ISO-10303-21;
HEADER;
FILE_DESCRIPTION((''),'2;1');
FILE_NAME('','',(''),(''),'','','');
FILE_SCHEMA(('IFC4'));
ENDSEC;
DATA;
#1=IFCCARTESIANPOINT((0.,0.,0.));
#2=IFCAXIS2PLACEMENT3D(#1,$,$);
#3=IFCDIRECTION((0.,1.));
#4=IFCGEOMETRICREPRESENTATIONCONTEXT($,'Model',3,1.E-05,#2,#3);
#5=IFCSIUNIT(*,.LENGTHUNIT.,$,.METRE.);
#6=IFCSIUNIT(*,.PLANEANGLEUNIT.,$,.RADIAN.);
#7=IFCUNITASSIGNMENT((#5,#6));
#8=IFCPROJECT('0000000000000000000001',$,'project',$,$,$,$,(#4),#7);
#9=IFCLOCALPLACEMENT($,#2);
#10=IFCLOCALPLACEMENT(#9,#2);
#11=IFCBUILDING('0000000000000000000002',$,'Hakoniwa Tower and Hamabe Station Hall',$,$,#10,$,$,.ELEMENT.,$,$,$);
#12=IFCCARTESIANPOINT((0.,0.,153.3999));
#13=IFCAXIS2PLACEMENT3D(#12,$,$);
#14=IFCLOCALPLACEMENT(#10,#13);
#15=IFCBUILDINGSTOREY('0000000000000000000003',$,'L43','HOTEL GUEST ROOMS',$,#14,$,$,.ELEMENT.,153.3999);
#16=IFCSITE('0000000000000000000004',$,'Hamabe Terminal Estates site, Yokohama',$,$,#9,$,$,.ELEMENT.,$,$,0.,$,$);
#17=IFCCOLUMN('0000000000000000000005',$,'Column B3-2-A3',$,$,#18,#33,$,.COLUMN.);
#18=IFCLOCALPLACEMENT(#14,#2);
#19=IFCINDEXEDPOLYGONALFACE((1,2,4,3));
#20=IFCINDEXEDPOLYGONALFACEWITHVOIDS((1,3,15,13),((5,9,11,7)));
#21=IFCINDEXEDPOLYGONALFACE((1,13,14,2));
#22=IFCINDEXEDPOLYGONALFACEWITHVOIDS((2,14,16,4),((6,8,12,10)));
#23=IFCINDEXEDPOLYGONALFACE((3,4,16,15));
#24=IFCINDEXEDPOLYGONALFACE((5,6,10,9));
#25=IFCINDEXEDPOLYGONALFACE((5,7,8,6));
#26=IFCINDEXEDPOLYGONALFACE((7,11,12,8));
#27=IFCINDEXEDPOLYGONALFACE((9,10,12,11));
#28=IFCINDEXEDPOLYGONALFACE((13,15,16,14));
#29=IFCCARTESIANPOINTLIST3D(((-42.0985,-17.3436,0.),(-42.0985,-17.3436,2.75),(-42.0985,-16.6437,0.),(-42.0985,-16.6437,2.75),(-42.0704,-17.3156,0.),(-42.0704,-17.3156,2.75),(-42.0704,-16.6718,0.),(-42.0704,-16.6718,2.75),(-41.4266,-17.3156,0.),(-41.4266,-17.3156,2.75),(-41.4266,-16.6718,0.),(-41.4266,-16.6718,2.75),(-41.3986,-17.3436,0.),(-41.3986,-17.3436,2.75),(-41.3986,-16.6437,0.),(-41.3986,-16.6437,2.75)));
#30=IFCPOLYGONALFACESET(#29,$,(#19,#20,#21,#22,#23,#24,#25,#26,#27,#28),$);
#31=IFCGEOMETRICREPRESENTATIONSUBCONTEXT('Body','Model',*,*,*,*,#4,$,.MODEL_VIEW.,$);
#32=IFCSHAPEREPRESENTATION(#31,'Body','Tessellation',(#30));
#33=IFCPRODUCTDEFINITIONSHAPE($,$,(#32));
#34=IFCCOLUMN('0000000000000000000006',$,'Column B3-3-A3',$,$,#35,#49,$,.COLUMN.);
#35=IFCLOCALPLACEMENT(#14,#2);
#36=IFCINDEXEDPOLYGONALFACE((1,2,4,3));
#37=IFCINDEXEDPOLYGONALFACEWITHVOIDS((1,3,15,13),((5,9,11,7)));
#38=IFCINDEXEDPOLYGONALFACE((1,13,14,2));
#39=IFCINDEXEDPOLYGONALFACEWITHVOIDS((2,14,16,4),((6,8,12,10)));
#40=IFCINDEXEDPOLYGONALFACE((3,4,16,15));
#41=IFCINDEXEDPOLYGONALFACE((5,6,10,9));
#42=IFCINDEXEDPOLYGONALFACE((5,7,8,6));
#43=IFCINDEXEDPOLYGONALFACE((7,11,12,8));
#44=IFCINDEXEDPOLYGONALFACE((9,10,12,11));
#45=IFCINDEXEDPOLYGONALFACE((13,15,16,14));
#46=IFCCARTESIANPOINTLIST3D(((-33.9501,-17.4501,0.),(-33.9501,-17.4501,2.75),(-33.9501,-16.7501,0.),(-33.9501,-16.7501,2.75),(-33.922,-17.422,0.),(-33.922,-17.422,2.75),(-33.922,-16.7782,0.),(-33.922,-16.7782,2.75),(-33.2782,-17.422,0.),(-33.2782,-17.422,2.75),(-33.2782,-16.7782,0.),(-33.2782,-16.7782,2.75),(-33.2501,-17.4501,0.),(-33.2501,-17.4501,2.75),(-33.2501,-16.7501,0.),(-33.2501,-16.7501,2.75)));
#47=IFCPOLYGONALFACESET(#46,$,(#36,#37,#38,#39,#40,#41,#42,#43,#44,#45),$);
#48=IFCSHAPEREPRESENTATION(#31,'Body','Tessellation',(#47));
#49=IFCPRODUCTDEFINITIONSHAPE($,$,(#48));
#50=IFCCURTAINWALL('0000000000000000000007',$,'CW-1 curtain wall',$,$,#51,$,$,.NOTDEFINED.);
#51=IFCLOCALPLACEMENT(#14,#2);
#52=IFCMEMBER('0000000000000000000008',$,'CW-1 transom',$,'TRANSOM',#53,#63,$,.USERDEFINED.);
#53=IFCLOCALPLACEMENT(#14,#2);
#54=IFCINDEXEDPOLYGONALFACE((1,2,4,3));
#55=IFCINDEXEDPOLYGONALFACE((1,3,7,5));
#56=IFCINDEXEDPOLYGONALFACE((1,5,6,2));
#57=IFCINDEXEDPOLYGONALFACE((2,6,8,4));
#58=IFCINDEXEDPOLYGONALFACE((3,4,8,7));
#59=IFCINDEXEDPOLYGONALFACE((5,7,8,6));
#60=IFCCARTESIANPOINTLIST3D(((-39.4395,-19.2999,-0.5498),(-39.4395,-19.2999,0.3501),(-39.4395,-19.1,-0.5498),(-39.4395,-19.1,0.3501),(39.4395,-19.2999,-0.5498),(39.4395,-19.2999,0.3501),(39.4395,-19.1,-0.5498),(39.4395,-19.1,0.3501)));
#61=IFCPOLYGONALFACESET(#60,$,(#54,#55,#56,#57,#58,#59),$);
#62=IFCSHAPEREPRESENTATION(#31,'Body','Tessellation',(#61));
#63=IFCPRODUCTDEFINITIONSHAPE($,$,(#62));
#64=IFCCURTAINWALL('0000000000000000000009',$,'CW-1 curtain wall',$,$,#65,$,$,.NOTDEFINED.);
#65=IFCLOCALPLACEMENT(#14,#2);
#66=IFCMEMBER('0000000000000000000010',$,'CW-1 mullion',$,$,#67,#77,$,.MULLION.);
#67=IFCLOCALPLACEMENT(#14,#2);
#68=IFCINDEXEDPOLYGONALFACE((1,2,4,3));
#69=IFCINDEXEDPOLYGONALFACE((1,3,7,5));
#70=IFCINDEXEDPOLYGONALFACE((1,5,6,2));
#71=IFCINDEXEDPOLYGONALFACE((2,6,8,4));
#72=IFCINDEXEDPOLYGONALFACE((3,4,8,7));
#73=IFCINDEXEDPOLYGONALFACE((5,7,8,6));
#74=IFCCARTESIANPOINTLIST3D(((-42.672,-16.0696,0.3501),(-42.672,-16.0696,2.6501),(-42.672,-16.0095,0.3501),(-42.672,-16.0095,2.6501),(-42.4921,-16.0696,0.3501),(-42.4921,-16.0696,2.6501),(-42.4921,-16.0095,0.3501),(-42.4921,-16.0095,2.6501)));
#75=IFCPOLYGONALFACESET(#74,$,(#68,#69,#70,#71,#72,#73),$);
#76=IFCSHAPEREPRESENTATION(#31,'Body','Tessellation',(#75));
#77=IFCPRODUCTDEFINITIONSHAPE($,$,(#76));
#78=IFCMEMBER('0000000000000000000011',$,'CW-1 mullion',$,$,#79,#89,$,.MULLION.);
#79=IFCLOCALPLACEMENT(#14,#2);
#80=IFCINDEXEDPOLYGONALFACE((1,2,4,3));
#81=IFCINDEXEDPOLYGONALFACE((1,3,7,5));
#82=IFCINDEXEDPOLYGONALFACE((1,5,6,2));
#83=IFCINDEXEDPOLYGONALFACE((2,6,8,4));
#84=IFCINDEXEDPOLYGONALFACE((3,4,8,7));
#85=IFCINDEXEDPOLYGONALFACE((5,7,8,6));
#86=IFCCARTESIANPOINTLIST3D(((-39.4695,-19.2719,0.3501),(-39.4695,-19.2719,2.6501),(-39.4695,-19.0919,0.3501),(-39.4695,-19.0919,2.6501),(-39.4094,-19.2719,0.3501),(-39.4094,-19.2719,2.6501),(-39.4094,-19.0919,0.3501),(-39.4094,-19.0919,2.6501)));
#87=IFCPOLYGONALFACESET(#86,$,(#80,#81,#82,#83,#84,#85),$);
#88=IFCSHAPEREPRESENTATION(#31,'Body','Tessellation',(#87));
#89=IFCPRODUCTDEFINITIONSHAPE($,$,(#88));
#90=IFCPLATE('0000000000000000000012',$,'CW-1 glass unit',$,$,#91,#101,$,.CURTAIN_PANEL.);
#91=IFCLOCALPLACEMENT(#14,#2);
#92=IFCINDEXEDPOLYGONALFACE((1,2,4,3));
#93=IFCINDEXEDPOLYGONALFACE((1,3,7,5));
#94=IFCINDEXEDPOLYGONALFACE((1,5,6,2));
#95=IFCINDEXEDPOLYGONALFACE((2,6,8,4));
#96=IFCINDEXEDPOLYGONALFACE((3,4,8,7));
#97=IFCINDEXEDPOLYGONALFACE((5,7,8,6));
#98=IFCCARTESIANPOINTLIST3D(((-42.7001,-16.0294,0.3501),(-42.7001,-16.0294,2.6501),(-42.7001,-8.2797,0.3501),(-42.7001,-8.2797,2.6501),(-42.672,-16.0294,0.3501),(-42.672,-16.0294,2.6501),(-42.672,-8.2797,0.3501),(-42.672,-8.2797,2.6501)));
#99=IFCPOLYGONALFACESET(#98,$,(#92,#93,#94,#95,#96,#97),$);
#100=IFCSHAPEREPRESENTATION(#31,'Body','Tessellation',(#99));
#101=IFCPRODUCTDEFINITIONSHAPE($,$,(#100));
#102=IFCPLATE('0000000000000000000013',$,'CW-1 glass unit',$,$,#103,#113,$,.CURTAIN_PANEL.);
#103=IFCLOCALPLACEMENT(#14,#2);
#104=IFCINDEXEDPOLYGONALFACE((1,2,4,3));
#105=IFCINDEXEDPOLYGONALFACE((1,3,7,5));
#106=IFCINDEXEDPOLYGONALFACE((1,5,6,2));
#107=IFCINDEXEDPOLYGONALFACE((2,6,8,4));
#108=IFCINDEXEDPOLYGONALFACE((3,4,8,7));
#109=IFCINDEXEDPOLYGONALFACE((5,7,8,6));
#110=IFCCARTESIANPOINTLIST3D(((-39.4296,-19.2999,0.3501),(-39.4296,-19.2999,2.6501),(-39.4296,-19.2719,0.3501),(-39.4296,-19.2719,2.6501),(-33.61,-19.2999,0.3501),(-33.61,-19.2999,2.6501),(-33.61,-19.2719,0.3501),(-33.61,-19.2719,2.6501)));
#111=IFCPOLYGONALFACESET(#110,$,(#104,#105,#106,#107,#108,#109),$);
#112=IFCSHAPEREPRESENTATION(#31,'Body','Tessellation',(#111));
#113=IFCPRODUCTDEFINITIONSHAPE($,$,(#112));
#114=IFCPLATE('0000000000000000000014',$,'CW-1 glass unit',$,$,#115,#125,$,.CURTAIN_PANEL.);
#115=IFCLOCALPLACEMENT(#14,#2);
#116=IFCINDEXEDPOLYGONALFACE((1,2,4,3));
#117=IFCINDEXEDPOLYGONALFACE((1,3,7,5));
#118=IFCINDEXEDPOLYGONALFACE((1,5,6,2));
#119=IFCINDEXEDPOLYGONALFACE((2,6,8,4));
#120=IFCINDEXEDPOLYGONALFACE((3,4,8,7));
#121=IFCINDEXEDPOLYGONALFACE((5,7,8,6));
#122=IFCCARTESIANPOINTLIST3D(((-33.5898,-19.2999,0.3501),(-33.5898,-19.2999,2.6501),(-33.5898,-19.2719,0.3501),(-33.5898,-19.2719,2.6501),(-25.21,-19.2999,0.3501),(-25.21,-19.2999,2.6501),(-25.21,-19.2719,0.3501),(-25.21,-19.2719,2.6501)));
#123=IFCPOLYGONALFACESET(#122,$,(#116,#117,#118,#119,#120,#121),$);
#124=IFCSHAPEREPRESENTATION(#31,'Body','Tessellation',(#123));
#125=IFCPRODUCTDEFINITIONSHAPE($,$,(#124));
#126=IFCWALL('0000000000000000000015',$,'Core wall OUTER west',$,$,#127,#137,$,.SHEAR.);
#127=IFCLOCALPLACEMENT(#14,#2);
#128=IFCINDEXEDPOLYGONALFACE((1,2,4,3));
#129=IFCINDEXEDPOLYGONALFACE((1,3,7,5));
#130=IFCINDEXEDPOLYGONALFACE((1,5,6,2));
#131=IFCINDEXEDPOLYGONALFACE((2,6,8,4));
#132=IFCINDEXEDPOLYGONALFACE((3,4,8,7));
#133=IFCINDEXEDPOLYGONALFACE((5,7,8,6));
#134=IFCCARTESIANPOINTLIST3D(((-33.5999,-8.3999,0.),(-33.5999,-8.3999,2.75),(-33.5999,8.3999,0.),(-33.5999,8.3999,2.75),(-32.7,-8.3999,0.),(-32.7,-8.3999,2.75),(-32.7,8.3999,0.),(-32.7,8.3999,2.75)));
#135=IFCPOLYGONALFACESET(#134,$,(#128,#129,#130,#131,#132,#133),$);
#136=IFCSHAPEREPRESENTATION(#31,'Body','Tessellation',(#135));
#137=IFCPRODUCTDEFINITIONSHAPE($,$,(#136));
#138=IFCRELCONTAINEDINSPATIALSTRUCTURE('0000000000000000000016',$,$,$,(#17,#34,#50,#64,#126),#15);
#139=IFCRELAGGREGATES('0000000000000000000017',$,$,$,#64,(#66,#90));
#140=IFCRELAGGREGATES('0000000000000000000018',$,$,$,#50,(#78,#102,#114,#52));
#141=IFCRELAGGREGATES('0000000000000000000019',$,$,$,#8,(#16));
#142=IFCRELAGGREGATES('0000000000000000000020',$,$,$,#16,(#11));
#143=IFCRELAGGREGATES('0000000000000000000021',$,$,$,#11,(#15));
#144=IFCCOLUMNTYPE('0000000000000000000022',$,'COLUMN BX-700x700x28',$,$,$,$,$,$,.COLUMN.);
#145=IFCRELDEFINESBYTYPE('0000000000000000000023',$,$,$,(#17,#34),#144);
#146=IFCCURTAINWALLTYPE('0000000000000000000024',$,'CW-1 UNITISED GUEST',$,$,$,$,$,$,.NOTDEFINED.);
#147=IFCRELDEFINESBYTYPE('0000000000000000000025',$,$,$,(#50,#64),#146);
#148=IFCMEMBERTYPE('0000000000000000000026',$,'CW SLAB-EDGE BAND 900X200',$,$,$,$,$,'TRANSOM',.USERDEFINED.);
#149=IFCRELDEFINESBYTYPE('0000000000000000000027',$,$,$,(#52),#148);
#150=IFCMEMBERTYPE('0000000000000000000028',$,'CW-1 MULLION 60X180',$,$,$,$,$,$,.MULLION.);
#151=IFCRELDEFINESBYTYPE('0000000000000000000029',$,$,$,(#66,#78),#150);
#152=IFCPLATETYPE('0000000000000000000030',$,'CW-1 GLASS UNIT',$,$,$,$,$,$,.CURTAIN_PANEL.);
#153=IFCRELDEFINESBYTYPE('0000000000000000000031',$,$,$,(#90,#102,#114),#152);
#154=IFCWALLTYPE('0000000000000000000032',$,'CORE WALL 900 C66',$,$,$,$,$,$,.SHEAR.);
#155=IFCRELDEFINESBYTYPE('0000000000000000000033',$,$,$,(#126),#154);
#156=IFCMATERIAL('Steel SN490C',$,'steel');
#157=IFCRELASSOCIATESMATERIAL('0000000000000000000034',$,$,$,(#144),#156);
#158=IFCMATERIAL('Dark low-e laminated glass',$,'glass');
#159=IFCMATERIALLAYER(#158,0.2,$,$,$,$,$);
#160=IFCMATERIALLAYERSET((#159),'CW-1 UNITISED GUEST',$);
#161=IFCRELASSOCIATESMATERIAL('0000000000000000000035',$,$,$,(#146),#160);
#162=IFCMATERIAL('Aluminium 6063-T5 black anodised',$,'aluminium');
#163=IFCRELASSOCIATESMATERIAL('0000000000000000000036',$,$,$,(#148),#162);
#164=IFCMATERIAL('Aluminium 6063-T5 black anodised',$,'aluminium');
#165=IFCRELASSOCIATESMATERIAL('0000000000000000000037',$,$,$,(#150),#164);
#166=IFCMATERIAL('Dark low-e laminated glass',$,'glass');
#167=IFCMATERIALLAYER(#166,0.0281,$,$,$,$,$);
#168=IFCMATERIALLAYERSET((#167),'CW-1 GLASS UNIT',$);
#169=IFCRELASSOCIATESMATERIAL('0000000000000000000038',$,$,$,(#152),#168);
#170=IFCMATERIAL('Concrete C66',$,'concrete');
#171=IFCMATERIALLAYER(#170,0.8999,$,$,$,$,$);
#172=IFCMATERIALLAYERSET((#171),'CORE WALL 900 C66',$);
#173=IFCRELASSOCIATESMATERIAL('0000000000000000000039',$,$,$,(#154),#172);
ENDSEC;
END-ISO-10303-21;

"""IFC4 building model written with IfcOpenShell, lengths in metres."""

from ifc_helpers import new_model, si_unit, direction, frame, frame_2d, origin, origin_2d, place, context, subcontext, project, spatial, rectangle, hollow_rectangle, extrude, material, layer, layer_set, material_profile, profile_set, type_object, element, aggregate, save


model = new_model("IFC4")

# Units and contexts
model_context = context("Model", 3, precision=1e-05, world=origin(), true_north=direction((0.0, 1.0)))
body_context = subcontext(model_context, "Body", "Model", "MODEL_VIEW")
ifc_project = project(units=[si_unit("LENGTHUNIT", "METRE"), si_unit("PLANEANGLEUNIT", "RADIAN")], contexts=[model_context])

# Site, building, storey
site_placement = place(None, origin())
site = spatial("IfcSite", under=ifc_project, at=site_placement, Name="Hamabe Terminal Estates site, Yokohama", CompositionType="ELEMENT", RefElevation=0.0)
building_placement = place(site_placement, origin())
building = spatial("IfcBuilding", under=site, at=building_placement, Name="Hakoniwa Tower and Hamabe Station Hall", CompositionType="ELEMENT")
storey_placement = place(building_placement, frame((0.0, 0.0, 153.3999)))
storey = spatial("IfcBuildingStorey", under=building, at=storey_placement, Name="L43", Description="HOTEL GUEST ROOMS", CompositionType="ELEMENT", Elevation=153.3999)

# Columns
ifc_material_1 = material(Name="Steel SN490C", Category="steel")
ifc_material_profile_1 = material_profile(ifc_material_1, hollow_rectangle(XDim=0.7, YDim=0.7, WallThickness=0.0281, at=origin_2d()), Name="BX-700x700x28")
ifc_profile_set_1 = profile_set([ifc_material_profile_1], Name="Steel SN490C")
column_type = type_object("IfcColumnType", Name="COLUMN BX-700x700x28", PredefinedType="COLUMN", material=ifc_profile_set_1)
for number, where, z_axis, x_axis, name in (
    (1, (-41.7485, -16.9937, 0.0), (0.0, 0.0, 1.0), (1.0, 0.0, 0.0), "Column B3-2-A3"),
    (2, (-33.6001, -17.1001, 0.0), (0.0, 0.0, 1.0), (1.0, 0.0, 0.0), "Column B3-3-A3"),
):
    element("IfcColumn", number, at=place(storey_placement, frame(where, z_axis=z_axis, x_axis=x_axis)), inside=storey, type_object=column_type, Name=name, PredefinedType="COLUMN", context=body_context, shape_type="SweptSolid", body=[
        extrude(hollow_rectangle(XDim=0.7, YDim=0.7, WallThickness=0.0281, at=origin_2d()), origin(), (0.0, 0.0, 1.0), 2.75),
    ])

# Curtain walls, members
ifc_material_2 = material(Name="Dark low-e laminated glass", Category="glass")
ifc_layer_1 = layer(ifc_material_2, 0.2)
ifc_layer_set_1 = layer_set([ifc_layer_1], Name="CW-1 UNITISED GUEST")
curtain_wall_type = type_object("IfcCurtainWallType", Name="CW-1 UNITISED GUEST", PredefinedType="NOTDEFINED", material=ifc_layer_set_1)
curtain_wall_1_placement = place(storey_placement, origin())
curtain_wall_1 = element("IfcCurtainWall", 3, at=curtain_wall_1_placement, inside=storey, type_object=curtain_wall_type, Name="CW-1 curtain wall", PredefinedType="NOTDEFINED")
ifc_material_3 = material(Name="Aluminium 6063-T5 black anodised", Category="aluminium")
ifc_material_profile_2 = material_profile(ifc_material_3, rectangle(XDim=0.2, YDim=0.8999, at=origin_2d()), Name="CW SLAB-EDGE BAND 900X200")
ifc_profile_set_2 = profile_set([ifc_material_profile_2], Name="Aluminium 6063-T5 black anodised")
member_type_1 = type_object("IfcMemberType", Name="CW SLAB-EDGE BAND 900X200", ElementType="TRANSOM", PredefinedType="USERDEFINED", material=ifc_profile_set_2)
member_1_placement = place(storey_placement, frame((-39.4395, -19.2, -0.0999), z_axis=(1.0, 0.0, 0.0), x_axis=(0.0, 1.0, 0.0)))
member_1 = element("IfcMember", 4, at=member_1_placement, type_object=member_type_1, Name="CW-1 transom", ObjectType="TRANSOM", PredefinedType="USERDEFINED", context=body_context, shape_type="SweptSolid", body=[
    extrude(rectangle(XDim=0.2, YDim=0.8999, at=origin_2d()), origin(), (0.0, 0.0, 1.0), 78.8789),
])
curtain_wall_2_placement = place(storey_placement, origin())
curtain_wall_2 = element("IfcCurtainWall", 5, at=curtain_wall_2_placement, inside=storey, type_object=curtain_wall_type, Name="CW-1 curtain wall", PredefinedType="NOTDEFINED")
ifc_material_4 = material(Name="Aluminium 6063-T5 black anodised", Category="aluminium")
ifc_material_profile_3 = material_profile(ifc_material_4, rectangle(XDim=0.0601, YDim=0.1799, at=origin_2d()), Name="CW-1 MULLION 60X180")
ifc_profile_set_3 = profile_set([ifc_material_profile_3], Name="Aluminium 6063-T5 black anodised")
member_type_2 = type_object("IfcMemberType", Name="CW-1 MULLION 60X180", PredefinedType="MULLION", material=ifc_profile_set_3)
member_2_placement = place(storey_placement, frame((-42.582, -16.0396, 0.3501), z_axis=(0.0, 0.0, 1.0), x_axis=(0.0, -1.0, 0.0)))
member_2 = element("IfcMember", 6, at=member_2_placement, type_object=member_type_2, Name="CW-1 mullion", PredefinedType="MULLION", context=body_context, shape_type="SweptSolid", body=[
    extrude(rectangle(XDim=0.0601, YDim=0.1799, at=origin_2d()), origin(), (0.0, 0.0, 1.0), 2.3),
])

# Member
member_3_placement = place(storey_placement, frame((-39.4395, -19.1819, 0.3501), z_axis=(0.0, 0.0, 1.0), x_axis=(1.0, 0.0, 0.0)))
member_3 = element("IfcMember", 7, at=member_3_placement, type_object=member_type_2, Name="CW-1 mullion", PredefinedType="MULLION", context=body_context, shape_type="SweptSolid", body=[
    extrude(rectangle(XDim=0.0601, YDim=0.1799, at=origin_2d()), origin(), (0.0, 0.0, 1.0), 2.3),
])

# Plates
ifc_material_5 = material(Name="Dark low-e laminated glass", Category="glass")
ifc_layer_2 = layer(ifc_material_5, 0.0281)
ifc_layer_set_2 = layer_set([ifc_layer_2], Name="CW-1 GLASS UNIT")
plate_type = type_object("IfcPlateType", Name="CW-1 GLASS UNIT", PredefinedType="CURTAIN_PANEL", material=ifc_layer_set_2)
plate_1_placement = place(storey_placement, frame((-42.686, -12.1545, 0.3501), z_axis=(0.0, 0.0, 1.0), x_axis=(0.0, -1.0, 0.0)))
plate_1 = element("IfcPlate", 8, at=plate_1_placement, type_object=plate_type, Name="CW-1 glass unit", PredefinedType="CURTAIN_PANEL", context=body_context, shape_type="SweptSolid", body=[
    extrude(rectangle(XDim=7.7498, YDim=0.0281, at=origin_2d()), origin(), (0.0, 0.0, 1.0), 2.3),
])
aggregate(curtain_wall_2, [member_2, plate_1])
plate_2_placement = place(storey_placement, frame((-36.5198, -19.2859, 0.3501), z_axis=(0.0, 0.0, 1.0), x_axis=(1.0, 0.0, 0.0)))
plate_2 = element("IfcPlate", 9, at=plate_2_placement, type_object=plate_type, Name="CW-1 glass unit", PredefinedType="CURTAIN_PANEL", context=body_context, shape_type="SweptSolid", body=[
    extrude(rectangle(XDim=5.8196, YDim=0.0281, at=origin_2d()), origin(), (0.0, 0.0, 1.0), 2.3),
])
plate_3_placement = place(storey_placement, frame((-29.3999, -19.2859, 0.3501), z_axis=(0.0, 0.0, 1.0), x_axis=(1.0, 0.0, 0.0)))
plate_3 = element("IfcPlate", 10, at=plate_3_placement, type_object=plate_type, Name="CW-1 glass unit", PredefinedType="CURTAIN_PANEL", context=body_context, shape_type="SweptSolid", body=[
    extrude(rectangle(XDim=8.3799, YDim=0.0281, at=origin_2d()), origin(), (0.0, 0.0, 1.0), 2.3),
])
aggregate(curtain_wall_1, [member_3, plate_2, plate_3, member_1])

# Wall
ifc_material_6 = material(Name="Concrete C66", Category="concrete")
ifc_layer_3 = layer(ifc_material_6, 0.8999)
ifc_layer_set_3 = layer_set([ifc_layer_3], Name="CORE WALL 900 C66")
wall_type_1 = type_object("IfcWallType", Name="CORE WALL 900 C66", PredefinedType="SHEAR", material=ifc_layer_set_3)
wall_1_placement = place(storey_placement, frame((-33.1499, -8.3999, 0.0), z_axis=(0.0, 0.0, 1.0), x_axis=(0.0, 1.0, 0.0)))
element("IfcWall", 11, at=wall_1_placement, inside=storey, type_object=wall_type_1, Name="Core wall OUTER west", PredefinedType="SHEAR", context=body_context, shape_type="SweptSolid", body=[
    extrude(rectangle(XDim=16.7998, YDim=0.8999, at=frame_2d((8.3999, 0.0))), origin(), (0.0, 0.0, 1.0), 2.75),
])

save(model, "model.ifc")
